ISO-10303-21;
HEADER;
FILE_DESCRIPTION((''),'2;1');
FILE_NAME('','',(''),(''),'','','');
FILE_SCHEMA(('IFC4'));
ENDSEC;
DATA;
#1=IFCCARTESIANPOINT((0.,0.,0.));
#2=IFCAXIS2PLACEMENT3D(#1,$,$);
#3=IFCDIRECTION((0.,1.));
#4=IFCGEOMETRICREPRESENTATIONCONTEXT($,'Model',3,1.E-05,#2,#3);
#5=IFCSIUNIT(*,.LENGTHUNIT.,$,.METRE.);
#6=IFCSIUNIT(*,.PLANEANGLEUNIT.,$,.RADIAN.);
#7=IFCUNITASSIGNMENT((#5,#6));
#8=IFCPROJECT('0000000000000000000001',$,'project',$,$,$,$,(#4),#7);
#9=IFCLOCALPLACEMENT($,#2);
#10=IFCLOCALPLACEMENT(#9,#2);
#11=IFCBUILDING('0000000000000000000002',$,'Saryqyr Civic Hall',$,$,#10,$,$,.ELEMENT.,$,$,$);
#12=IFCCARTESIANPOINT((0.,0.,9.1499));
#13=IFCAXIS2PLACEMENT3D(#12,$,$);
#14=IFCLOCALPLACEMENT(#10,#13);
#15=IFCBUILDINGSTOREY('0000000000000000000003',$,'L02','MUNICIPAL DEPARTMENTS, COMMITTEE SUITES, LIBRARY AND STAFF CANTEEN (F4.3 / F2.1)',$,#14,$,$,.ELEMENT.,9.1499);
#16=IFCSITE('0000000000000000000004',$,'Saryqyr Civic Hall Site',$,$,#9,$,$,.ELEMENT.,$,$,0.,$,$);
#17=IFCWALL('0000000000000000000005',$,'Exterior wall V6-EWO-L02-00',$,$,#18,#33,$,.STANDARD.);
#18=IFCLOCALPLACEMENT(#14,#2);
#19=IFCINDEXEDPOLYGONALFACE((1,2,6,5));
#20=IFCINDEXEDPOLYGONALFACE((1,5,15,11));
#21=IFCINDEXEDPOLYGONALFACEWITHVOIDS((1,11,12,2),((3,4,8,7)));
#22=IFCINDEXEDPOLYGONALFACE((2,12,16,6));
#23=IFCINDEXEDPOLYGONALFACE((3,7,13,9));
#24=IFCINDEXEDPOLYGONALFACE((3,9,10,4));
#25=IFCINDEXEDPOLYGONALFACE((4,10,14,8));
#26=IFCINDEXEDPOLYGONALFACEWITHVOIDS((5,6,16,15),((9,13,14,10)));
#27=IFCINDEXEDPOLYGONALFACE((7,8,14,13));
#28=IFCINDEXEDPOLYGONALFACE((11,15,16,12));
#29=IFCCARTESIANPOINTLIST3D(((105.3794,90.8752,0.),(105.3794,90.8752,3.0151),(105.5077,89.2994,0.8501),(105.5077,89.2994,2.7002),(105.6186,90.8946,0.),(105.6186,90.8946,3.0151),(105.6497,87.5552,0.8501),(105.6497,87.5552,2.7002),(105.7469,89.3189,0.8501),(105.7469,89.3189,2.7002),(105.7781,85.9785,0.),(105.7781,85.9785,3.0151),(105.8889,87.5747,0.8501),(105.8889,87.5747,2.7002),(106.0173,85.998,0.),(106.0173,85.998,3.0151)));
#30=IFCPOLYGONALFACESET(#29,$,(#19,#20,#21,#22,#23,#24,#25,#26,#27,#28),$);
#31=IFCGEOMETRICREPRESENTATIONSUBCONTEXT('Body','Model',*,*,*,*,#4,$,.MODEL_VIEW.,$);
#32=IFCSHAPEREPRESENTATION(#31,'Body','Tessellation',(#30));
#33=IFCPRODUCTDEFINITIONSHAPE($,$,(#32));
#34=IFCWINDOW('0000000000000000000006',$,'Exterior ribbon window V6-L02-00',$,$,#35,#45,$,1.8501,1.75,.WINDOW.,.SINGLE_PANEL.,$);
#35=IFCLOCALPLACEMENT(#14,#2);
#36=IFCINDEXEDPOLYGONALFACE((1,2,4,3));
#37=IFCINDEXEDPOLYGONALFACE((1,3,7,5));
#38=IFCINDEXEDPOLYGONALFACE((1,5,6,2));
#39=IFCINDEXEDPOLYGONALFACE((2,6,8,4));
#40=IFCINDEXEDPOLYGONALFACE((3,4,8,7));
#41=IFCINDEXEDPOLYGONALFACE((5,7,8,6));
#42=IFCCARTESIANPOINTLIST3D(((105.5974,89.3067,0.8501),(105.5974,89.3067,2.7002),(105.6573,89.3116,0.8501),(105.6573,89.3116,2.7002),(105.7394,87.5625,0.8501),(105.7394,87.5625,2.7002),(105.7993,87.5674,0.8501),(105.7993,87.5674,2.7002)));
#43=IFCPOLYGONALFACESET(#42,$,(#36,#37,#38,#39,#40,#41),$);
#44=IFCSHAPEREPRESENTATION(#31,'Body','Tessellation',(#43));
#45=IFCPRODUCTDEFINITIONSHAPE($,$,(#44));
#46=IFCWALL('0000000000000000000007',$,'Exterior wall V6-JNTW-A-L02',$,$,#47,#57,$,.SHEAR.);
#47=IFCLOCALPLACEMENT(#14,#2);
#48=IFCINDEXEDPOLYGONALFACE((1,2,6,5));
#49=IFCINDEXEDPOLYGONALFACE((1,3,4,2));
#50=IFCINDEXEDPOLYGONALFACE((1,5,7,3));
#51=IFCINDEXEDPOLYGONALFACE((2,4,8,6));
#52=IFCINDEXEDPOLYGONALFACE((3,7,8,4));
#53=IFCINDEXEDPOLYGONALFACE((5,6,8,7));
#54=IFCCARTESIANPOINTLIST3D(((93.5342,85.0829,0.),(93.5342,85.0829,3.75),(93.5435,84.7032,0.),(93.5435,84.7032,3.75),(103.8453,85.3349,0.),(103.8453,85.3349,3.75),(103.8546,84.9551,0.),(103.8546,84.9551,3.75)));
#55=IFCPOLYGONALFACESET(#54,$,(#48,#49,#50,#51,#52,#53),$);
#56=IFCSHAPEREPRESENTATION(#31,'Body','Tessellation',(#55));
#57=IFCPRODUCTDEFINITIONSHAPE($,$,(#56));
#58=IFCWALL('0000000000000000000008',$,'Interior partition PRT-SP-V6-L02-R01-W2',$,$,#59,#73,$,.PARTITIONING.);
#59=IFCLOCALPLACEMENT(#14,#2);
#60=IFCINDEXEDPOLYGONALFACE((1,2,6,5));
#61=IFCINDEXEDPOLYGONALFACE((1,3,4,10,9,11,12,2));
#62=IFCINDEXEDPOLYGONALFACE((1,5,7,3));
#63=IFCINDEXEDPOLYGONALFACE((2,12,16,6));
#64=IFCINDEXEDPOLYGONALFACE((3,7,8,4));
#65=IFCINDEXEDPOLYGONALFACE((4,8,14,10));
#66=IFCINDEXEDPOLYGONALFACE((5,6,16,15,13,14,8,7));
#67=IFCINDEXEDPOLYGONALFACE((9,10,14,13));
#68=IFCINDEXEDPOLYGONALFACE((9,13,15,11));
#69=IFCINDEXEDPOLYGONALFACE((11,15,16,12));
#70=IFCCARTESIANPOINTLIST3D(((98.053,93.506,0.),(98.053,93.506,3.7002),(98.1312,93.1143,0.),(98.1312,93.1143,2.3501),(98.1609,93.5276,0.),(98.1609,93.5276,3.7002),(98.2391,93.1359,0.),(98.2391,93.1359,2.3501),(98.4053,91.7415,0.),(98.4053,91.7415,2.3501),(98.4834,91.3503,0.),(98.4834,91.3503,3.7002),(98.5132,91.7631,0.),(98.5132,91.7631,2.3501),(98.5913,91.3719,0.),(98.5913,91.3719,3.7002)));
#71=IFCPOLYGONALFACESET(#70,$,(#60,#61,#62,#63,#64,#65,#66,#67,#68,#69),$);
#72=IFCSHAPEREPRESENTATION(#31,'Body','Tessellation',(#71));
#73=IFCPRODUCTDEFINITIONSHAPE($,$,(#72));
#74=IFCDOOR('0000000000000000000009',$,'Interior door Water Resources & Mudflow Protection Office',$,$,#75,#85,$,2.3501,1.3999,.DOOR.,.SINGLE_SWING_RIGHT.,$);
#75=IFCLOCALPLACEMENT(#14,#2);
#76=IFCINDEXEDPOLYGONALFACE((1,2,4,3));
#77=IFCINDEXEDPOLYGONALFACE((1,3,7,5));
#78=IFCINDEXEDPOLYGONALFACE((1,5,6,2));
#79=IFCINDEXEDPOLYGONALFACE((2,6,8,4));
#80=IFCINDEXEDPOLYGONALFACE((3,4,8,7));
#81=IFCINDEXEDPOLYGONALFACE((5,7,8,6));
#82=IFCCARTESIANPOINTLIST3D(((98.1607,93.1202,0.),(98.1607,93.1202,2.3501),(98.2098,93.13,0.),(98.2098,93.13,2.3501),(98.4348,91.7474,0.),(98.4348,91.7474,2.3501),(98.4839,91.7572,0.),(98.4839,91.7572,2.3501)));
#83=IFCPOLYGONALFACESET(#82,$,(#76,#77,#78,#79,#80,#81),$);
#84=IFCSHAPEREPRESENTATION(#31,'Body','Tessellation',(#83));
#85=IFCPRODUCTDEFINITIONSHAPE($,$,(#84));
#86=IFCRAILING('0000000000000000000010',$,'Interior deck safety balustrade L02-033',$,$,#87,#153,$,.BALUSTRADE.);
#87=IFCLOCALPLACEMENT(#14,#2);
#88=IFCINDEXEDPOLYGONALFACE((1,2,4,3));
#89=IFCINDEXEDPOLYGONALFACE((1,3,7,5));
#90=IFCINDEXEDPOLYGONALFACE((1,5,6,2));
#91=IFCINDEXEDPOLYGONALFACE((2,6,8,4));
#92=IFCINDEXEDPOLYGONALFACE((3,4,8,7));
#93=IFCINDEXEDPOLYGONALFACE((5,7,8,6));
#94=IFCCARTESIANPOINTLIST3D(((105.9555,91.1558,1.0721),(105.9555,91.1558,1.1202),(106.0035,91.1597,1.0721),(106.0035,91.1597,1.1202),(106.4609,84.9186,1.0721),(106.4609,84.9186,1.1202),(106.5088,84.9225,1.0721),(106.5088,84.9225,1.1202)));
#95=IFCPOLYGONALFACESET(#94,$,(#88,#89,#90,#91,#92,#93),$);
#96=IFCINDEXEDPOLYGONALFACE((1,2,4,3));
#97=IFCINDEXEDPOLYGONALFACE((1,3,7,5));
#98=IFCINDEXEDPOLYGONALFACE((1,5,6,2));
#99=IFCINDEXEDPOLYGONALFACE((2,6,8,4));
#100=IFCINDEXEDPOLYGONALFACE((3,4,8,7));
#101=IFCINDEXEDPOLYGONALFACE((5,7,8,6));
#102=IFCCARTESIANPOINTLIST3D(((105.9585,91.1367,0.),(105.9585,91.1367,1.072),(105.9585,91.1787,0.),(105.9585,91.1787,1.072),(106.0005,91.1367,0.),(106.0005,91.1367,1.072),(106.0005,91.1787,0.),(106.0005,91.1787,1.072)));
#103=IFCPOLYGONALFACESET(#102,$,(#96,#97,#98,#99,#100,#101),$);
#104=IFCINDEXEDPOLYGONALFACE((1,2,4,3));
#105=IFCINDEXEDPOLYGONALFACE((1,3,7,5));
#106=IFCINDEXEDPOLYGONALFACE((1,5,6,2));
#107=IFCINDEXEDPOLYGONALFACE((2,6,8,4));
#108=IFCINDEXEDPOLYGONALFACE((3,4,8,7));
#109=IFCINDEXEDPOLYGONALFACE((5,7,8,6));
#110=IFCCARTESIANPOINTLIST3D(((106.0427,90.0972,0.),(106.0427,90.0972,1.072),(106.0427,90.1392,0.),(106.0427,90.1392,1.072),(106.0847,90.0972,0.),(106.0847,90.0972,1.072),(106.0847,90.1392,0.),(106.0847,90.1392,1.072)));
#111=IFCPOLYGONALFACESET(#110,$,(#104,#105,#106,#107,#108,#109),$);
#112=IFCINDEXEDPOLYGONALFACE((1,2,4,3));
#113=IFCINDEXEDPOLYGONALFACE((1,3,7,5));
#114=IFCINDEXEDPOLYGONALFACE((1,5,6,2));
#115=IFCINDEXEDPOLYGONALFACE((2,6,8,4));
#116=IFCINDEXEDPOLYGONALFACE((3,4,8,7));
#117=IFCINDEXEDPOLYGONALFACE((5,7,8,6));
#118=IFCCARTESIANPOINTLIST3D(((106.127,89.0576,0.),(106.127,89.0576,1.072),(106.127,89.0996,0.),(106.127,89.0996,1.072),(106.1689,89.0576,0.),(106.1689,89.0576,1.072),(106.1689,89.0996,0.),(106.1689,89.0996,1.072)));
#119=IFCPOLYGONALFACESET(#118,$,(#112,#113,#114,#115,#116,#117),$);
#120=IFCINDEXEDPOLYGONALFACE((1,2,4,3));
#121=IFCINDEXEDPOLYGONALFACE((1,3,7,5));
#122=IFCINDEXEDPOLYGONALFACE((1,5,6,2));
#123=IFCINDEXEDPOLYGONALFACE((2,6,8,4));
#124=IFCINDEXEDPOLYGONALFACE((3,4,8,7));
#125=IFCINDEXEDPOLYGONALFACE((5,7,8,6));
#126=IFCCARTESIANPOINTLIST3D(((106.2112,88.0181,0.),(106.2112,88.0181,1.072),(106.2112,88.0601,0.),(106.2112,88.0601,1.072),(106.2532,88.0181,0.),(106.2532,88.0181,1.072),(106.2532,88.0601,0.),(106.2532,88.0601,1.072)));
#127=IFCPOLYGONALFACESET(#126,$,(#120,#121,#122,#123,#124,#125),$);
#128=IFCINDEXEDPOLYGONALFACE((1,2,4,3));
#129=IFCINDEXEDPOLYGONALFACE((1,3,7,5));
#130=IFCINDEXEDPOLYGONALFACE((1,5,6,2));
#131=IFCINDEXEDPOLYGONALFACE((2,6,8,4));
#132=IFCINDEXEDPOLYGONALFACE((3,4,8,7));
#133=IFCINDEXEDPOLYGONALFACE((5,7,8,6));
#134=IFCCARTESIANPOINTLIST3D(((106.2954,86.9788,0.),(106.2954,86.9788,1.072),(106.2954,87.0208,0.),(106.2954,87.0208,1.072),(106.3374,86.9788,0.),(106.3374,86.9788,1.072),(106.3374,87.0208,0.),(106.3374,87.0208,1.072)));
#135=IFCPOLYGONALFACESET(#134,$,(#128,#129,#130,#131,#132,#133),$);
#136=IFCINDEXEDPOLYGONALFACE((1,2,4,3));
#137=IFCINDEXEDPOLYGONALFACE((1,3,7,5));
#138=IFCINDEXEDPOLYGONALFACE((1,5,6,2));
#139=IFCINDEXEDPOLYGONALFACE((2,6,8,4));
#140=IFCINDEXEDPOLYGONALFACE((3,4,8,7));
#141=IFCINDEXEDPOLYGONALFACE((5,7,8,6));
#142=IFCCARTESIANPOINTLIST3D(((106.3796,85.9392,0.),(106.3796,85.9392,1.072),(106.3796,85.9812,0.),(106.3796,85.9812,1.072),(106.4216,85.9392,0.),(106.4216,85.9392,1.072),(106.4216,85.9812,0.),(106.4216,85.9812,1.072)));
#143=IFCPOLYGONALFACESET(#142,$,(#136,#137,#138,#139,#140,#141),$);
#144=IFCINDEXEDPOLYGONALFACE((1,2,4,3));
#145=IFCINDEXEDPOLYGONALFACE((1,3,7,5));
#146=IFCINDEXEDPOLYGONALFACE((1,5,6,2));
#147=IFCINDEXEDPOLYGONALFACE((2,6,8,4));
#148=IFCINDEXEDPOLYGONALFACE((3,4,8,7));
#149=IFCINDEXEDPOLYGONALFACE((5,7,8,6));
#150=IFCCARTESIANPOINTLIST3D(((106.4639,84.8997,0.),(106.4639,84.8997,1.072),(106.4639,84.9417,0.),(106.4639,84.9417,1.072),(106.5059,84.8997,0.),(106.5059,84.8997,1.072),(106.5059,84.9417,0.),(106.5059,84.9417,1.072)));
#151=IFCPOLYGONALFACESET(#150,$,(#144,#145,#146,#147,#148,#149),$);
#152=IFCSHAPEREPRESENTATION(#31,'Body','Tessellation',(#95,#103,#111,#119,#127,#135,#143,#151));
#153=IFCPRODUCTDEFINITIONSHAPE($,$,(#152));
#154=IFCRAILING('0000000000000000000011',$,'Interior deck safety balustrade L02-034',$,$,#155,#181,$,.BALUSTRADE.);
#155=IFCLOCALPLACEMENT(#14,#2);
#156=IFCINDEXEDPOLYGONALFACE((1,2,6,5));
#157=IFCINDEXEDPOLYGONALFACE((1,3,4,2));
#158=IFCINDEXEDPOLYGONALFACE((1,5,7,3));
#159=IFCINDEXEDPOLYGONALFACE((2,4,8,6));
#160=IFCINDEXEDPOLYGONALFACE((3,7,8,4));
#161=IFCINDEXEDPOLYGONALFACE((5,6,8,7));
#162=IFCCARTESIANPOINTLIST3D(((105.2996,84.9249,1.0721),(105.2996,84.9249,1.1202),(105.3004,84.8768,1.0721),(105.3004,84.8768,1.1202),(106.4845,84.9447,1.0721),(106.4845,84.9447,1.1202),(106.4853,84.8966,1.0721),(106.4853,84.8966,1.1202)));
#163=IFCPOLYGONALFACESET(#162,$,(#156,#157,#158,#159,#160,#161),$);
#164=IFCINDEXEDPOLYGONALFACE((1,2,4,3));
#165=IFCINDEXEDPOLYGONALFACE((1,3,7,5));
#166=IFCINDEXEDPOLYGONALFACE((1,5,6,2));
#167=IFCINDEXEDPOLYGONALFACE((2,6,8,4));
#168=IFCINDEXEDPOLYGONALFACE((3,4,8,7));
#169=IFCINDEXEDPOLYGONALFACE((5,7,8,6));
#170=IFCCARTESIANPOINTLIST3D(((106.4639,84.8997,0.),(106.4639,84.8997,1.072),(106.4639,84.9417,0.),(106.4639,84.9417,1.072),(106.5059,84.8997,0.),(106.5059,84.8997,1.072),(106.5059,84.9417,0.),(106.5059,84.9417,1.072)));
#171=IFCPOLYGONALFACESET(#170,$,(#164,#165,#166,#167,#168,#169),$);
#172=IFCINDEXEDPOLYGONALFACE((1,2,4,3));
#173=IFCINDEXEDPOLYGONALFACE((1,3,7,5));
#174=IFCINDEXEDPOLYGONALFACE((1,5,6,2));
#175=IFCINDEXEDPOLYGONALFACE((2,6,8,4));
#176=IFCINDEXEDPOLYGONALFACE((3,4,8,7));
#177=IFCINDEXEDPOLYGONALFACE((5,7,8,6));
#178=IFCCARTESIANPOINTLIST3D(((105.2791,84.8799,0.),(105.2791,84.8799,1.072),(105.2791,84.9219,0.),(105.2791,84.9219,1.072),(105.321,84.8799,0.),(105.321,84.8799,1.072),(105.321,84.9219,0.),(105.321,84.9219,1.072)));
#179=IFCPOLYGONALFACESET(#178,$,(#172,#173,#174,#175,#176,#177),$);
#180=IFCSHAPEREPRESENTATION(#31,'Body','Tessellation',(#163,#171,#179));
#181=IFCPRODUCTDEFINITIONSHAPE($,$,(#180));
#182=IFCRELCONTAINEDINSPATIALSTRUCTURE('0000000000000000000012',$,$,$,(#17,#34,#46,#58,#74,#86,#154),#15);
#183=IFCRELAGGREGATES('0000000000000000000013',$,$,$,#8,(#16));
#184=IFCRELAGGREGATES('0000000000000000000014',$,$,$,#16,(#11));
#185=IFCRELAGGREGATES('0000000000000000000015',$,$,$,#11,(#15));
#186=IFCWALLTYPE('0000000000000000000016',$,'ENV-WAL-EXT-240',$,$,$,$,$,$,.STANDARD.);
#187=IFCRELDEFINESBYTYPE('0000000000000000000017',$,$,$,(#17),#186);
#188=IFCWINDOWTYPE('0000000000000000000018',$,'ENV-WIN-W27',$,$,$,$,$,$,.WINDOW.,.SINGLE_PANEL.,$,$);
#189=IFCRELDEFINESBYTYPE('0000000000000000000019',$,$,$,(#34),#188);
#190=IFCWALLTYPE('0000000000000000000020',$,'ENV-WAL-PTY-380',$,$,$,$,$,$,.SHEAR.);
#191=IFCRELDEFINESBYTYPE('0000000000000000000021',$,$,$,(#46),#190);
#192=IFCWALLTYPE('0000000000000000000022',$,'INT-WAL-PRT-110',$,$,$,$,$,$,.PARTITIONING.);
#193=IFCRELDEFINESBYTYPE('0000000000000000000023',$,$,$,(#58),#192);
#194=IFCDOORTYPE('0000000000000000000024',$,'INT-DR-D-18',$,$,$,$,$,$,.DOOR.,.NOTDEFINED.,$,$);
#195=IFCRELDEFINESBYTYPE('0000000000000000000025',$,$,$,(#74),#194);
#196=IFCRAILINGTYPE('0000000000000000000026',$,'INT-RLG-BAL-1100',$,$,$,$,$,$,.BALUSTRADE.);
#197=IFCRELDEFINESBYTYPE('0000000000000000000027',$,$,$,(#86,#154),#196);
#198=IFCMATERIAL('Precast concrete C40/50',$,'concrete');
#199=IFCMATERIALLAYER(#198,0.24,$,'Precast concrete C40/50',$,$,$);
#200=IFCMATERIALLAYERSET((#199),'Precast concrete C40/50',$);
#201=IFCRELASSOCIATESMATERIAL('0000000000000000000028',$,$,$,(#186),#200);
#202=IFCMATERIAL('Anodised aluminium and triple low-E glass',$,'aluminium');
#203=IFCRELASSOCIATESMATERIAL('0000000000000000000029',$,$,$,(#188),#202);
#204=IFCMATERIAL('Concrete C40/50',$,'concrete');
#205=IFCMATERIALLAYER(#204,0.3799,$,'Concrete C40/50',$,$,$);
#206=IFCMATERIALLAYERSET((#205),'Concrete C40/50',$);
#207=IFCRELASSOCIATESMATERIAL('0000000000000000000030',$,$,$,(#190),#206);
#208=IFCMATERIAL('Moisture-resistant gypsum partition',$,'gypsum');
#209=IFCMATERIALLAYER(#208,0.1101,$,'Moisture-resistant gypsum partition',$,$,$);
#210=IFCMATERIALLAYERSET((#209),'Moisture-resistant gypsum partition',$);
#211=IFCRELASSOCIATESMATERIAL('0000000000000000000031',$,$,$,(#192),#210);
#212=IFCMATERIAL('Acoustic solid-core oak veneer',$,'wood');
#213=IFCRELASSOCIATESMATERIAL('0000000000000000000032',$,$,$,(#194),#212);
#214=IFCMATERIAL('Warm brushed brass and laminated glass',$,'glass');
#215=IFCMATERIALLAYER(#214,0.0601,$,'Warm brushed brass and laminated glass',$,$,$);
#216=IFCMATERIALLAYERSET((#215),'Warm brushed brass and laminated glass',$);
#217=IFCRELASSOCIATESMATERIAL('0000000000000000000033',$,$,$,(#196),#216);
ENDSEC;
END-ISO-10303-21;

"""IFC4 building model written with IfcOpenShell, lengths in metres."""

from ifc_helpers import new_model, si_unit, direction, frame, frame_2d, origin, origin_2d, place, context, subcontext, project, spatial, rectangle, extrude, material, layer, layer_set, type_object, element, fill, save


model = new_model("IFC4")

# Units and contexts
model_context = context("Model", 3, precision=1e-05, world=origin(), true_north=direction((0.0, 1.0)))
body_context = subcontext(model_context, "Body", "Model", "MODEL_VIEW")
ifc_project = project(units=[si_unit("LENGTHUNIT", "METRE"), si_unit("PLANEANGLEUNIT", "RADIAN")], contexts=[model_context])

# Site, building, storey
site_placement = place(None, origin())
site = spatial("IfcSite", under=ifc_project, at=site_placement, Name="Saryqyr Civic Hall Site", CompositionType="ELEMENT", RefElevation=0.0)
building_placement = place(site_placement, origin())
building = spatial("IfcBuilding", under=site, at=building_placement, Name="Saryqyr Civic Hall", CompositionType="ELEMENT")
storey_placement = place(building_placement, frame((0.0, 0.0, 9.1499)))
storey = spatial("IfcBuildingStorey", under=building, at=storey_placement, Name="L02", Description="MUNICIPAL DEPARTMENTS, COMMITTEE SUITES, LIBRARY AND STAFF CANTEEN (F4.3 / F2.1)", CompositionType="ELEMENT", Elevation=9.1499)

# Shared definitions
ifc_material_1 = material(Name="Concrete C40/50", Category="concrete")

# Shared definitions
ifc_material_2 = material(Name="Anodised aluminium and triple low-E glass", Category="aluminium")

# Shared definitions
ifc_material_3 = material(Name="Precast concrete C40/50", Category="concrete")

# Wall, opening, window
ifc_layer_1 = layer(ifc_material_3, 0.24, Name="Precast concrete C40/50")
ifc_layer_set_1 = layer_set([ifc_layer_1], Name="Precast concrete C40/50")
wall_type_1 = type_object("IfcWallType", Name="ENV-WAL-EXT-240", PredefinedType="STANDARD", material=ifc_layer_set_1)
wall_1_placement = place(storey_placement, frame((105.499, 90.885, 0.0), z_axis=(0.0, 0.0, 1.0), x_axis=(0.081149, -0.996702, 0.0)))
wall_1 = element("IfcWall", 1, at=wall_1_placement, inside=storey, type_object=wall_type_1, Name="Exterior wall V6-EWO-L02-00", PredefinedType="STANDARD", context=body_context, shape_type="SweptSolid", body=[
    extrude(rectangle(XDim=4.9128, YDim=0.24, at=frame_2d((2.4565, 0.0))), origin(), (0.0, 0.0, 1.0), 3.0151),
])
opening_1_placement = place(wall_1_placement, frame((1.5811, 0.0, 0.8501)))
opening_1 = element("IfcOpeningElement", 2, at=opening_1_placement, cuts=wall_1, PredefinedType="OPENING", context=body_context, shape_type="SweptSolid", body=[
    extrude(rectangle(XDim=1.75, YDim=1.8501, at=frame_2d((0.875, 0.925))), frame((0.0, 0.1299, 0.0), z_axis=(0.0, -1.0, 0.0), x_axis=(1.0, 0.0, 0.0)), (0.0, 0.0, 1.0), 0.26),
])
window_type = type_object("IfcWindowType", Name="ENV-WIN-W27", PartitioningType="SINGLE_PANEL", PredefinedType="WINDOW", material=ifc_material_2)
window_placement = place(opening_1_placement, origin())
window = element("IfcWindow", 3, at=window_placement, inside=storey, type_object=window_type, Name="Exterior ribbon window V6-L02-00", OverallHeight=1.8501, OverallWidth=1.75, PartitioningType="SINGLE_PANEL", PredefinedType="WINDOW", context=body_context, shape_type="SweptSolid", body=[
    extrude(rectangle(XDim=1.75, YDim=1.8501, at=frame_2d((0.875, 0.925))), frame((0.0, 0.03, 0.0), z_axis=(0.0, -1.0, 0.0), x_axis=(1.0, 0.0, 0.0)), (0.0, 0.0, 1.0), 0.0601),
])
fill(opening_1, window)

# Wall
ifc_layer_2 = layer(ifc_material_1, 0.3799, Name="Concrete C40/50")
ifc_layer_set_2 = layer_set([ifc_layer_2], Name="Concrete C40/50")
wall_type_2 = type_object("IfcWallType", Name="ENV-WAL-PTY-380", PredefinedType="SHEAR", material=ifc_layer_set_2)
wall_2_placement = place(storey_placement, frame((103.8501, 85.145, 0.0), z_axis=(0.0, 0.0, 1.0), x_axis=(-0.999702, -0.024428, 0.0)))
element("IfcWall", 4, at=wall_2_placement, inside=storey, type_object=wall_type_2, Name="Exterior wall V6-JNTW-A-L02", PredefinedType="SHEAR", context=body_context, shape_type="SweptSolid", body=[
    extrude(rectangle(XDim=10.3142, YDim=0.3799, at=frame_2d((5.1572, 0.0))), origin(), (0.0, 0.0, 1.0), 3.75),
])

# Wall, opening, door
ifc_material_4 = material(Name="Moisture-resistant gypsum partition", Category="gypsum")
ifc_layer_3 = layer(ifc_material_4, 0.1101, Name="Moisture-resistant gypsum partition")
ifc_layer_set_3 = layer_set([ifc_layer_3], Name="Moisture-resistant gypsum partition")
wall_type_3 = type_object("IfcWallType", Name="INT-WAL-PRT-110", PredefinedType="PARTITIONING", material=ifc_layer_set_3)
wall_3_placement = place(storey_placement, frame((98.5374, 91.3611, 0.0), z_axis=(0.0, 0.0, 1.0), x_axis=(-0.195796, 0.980645, 0.0)))
wall_3 = element("IfcWall", 5, at=wall_3_placement, inside=storey, type_object=wall_type_3, Name="Interior partition PRT-SP-V6-L02-R01-W2", PredefinedType="PARTITIONING", context=body_context, shape_type="SweptSolid", body=[
    extrude(rectangle(XDim=2.1982, YDim=0.1101, at=frame_2d((1.0991, 0.0))), origin(), (0.0, 0.0, 1.0), 3.7002),
])
opening_2_placement = place(wall_3_placement, frame((0.3989, 0.0, 0.0)))
opening_2 = element("IfcOpeningElement", 6, at=opening_2_placement, cuts=wall_3, PredefinedType="OPENING", context=body_context, shape_type="SweptSolid", body=[
    extrude(rectangle(XDim=1.3999, YDim=2.3501, at=frame_2d((0.7, 1.175))), frame((0.0, 0.0649, 0.0), z_axis=(0.0, -1.0, 0.0), x_axis=(1.0, 0.0, 0.0)), (0.0, 0.0, 1.0), 0.1301),
])
ifc_material_5 = material(Name="Acoustic solid-core oak veneer", Category="wood")
door_type = type_object("IfcDoorType", Name="INT-DR-D-18", OperationType="NOTDEFINED", PredefinedType="DOOR", material=ifc_material_5)
door_placement = place(opening_2_placement, origin())
door = element("IfcDoor", 7, at=door_placement, inside=storey, type_object=door_type, Name="Interior door Water Resources & Mudflow Protection Office", OperationType="SINGLE_SWING_RIGHT", OverallHeight=2.3501, OverallWidth=1.3999, PredefinedType="DOOR", context=body_context, shape_type="SweptSolid", body=[
    extrude(rectangle(XDim=1.3999, YDim=2.3501, at=frame_2d((0.7, 1.175))), frame((0.0, 0.0249, 0.0), z_axis=(0.0, -1.0, 0.0), x_axis=(1.0, 0.0, 0.0)), (0.0, 0.0, 1.0), 0.05),
])
fill(opening_2, door)

# Railings
ifc_material_6 = material(Name="Warm brushed brass and laminated glass", Category="glass")
ifc_layer_4 = layer(ifc_material_6, 0.0601, Name="Warm brushed brass and laminated glass")
ifc_layer_set_4 = layer_set([ifc_layer_4], Name="Warm brushed brass and laminated glass")
railing_type = type_object("IfcRailingType", Name="INT-RLG-BAL-1100", PredefinedType="BALUSTRADE", material=ifc_layer_set_4)
railing_1_placement = place(storey_placement, frame((105.9795, 91.1577, 0.0)))
element("IfcRailing", 8, at=railing_1_placement, inside=storey, type_object=railing_type, Name="Interior deck safety balustrade L02-033", PredefinedType="BALUSTRADE", context=body_context, shape_type="SweptSolid", body=[
    extrude(rectangle(XDim=0.0481, YDim=0.0481, at=origin_2d()), frame((0.0, 0.0, 1.0962), z_axis=(0.080762, -0.996733, 0.0), x_axis=(0.996733, 0.080762, 0.0)), (0.0, 0.0, 1.0), 6.2576),
    extrude(rectangle(XDim=0.042, YDim=0.042, at=origin_2d()), origin(), (0.0, 0.0, 1.0), 1.072),
    extrude(rectangle(XDim=0.042, YDim=0.042, at=origin_2d()), frame((0.0842, -1.0396, 0.0)), (0.0, 0.0, 1.0), 1.072),
    extrude(rectangle(XDim=0.042, YDim=0.042, at=origin_2d()), frame((0.1685, -2.0791, 0.0)), (0.0, 0.0, 1.0), 1.072),
    extrude(rectangle(XDim=0.042, YDim=0.042, at=origin_2d()), frame((0.2527, -3.1187, 0.0)), (0.0, 0.0, 1.0), 1.072),
    extrude(rectangle(XDim=0.042, YDim=0.042, at=origin_2d()), frame((0.3369, -4.158, 0.0)), (0.0, 0.0, 1.0), 1.072),
    extrude(rectangle(XDim=0.042, YDim=0.042, at=origin_2d()), frame((0.4211, -5.1975, 0.0)), (0.0, 0.0, 1.0), 1.072),
    extrude(rectangle(XDim=0.042, YDim=0.042, at=origin_2d()), frame((0.5054, -6.2371, 0.0)), (0.0, 0.0, 1.0), 1.072),
])
railing_2_placement = place(storey_placement, frame((106.4849, 84.9207, 0.0)))
element("IfcRailing", 9, at=railing_2_placement, inside=storey, type_object=railing_type, Name="Interior deck safety balustrade L02-034", PredefinedType="BALUSTRADE", context=body_context, shape_type="SweptSolid", body=[
    extrude(rectangle(XDim=0.0481, YDim=0.0481, at=origin_2d()), frame((0.0, 0.0, 1.0962), z_axis=(-0.999861, -0.016688, 0.0), x_axis=(0.016688, -0.999861, 0.0)), (0.0, 0.0, 1.0), 1.1851),
    extrude(rectangle(XDim=0.042, YDim=0.042, at=origin_2d()), origin(), (0.0, 0.0, 1.0), 1.072),
    extrude(rectangle(XDim=0.042, YDim=0.042, at=origin_2d()), frame((-1.1848, -0.0198, 0.0)), (0.0, 0.0, 1.0), 1.072),
])

save(model, "model.ifc")
